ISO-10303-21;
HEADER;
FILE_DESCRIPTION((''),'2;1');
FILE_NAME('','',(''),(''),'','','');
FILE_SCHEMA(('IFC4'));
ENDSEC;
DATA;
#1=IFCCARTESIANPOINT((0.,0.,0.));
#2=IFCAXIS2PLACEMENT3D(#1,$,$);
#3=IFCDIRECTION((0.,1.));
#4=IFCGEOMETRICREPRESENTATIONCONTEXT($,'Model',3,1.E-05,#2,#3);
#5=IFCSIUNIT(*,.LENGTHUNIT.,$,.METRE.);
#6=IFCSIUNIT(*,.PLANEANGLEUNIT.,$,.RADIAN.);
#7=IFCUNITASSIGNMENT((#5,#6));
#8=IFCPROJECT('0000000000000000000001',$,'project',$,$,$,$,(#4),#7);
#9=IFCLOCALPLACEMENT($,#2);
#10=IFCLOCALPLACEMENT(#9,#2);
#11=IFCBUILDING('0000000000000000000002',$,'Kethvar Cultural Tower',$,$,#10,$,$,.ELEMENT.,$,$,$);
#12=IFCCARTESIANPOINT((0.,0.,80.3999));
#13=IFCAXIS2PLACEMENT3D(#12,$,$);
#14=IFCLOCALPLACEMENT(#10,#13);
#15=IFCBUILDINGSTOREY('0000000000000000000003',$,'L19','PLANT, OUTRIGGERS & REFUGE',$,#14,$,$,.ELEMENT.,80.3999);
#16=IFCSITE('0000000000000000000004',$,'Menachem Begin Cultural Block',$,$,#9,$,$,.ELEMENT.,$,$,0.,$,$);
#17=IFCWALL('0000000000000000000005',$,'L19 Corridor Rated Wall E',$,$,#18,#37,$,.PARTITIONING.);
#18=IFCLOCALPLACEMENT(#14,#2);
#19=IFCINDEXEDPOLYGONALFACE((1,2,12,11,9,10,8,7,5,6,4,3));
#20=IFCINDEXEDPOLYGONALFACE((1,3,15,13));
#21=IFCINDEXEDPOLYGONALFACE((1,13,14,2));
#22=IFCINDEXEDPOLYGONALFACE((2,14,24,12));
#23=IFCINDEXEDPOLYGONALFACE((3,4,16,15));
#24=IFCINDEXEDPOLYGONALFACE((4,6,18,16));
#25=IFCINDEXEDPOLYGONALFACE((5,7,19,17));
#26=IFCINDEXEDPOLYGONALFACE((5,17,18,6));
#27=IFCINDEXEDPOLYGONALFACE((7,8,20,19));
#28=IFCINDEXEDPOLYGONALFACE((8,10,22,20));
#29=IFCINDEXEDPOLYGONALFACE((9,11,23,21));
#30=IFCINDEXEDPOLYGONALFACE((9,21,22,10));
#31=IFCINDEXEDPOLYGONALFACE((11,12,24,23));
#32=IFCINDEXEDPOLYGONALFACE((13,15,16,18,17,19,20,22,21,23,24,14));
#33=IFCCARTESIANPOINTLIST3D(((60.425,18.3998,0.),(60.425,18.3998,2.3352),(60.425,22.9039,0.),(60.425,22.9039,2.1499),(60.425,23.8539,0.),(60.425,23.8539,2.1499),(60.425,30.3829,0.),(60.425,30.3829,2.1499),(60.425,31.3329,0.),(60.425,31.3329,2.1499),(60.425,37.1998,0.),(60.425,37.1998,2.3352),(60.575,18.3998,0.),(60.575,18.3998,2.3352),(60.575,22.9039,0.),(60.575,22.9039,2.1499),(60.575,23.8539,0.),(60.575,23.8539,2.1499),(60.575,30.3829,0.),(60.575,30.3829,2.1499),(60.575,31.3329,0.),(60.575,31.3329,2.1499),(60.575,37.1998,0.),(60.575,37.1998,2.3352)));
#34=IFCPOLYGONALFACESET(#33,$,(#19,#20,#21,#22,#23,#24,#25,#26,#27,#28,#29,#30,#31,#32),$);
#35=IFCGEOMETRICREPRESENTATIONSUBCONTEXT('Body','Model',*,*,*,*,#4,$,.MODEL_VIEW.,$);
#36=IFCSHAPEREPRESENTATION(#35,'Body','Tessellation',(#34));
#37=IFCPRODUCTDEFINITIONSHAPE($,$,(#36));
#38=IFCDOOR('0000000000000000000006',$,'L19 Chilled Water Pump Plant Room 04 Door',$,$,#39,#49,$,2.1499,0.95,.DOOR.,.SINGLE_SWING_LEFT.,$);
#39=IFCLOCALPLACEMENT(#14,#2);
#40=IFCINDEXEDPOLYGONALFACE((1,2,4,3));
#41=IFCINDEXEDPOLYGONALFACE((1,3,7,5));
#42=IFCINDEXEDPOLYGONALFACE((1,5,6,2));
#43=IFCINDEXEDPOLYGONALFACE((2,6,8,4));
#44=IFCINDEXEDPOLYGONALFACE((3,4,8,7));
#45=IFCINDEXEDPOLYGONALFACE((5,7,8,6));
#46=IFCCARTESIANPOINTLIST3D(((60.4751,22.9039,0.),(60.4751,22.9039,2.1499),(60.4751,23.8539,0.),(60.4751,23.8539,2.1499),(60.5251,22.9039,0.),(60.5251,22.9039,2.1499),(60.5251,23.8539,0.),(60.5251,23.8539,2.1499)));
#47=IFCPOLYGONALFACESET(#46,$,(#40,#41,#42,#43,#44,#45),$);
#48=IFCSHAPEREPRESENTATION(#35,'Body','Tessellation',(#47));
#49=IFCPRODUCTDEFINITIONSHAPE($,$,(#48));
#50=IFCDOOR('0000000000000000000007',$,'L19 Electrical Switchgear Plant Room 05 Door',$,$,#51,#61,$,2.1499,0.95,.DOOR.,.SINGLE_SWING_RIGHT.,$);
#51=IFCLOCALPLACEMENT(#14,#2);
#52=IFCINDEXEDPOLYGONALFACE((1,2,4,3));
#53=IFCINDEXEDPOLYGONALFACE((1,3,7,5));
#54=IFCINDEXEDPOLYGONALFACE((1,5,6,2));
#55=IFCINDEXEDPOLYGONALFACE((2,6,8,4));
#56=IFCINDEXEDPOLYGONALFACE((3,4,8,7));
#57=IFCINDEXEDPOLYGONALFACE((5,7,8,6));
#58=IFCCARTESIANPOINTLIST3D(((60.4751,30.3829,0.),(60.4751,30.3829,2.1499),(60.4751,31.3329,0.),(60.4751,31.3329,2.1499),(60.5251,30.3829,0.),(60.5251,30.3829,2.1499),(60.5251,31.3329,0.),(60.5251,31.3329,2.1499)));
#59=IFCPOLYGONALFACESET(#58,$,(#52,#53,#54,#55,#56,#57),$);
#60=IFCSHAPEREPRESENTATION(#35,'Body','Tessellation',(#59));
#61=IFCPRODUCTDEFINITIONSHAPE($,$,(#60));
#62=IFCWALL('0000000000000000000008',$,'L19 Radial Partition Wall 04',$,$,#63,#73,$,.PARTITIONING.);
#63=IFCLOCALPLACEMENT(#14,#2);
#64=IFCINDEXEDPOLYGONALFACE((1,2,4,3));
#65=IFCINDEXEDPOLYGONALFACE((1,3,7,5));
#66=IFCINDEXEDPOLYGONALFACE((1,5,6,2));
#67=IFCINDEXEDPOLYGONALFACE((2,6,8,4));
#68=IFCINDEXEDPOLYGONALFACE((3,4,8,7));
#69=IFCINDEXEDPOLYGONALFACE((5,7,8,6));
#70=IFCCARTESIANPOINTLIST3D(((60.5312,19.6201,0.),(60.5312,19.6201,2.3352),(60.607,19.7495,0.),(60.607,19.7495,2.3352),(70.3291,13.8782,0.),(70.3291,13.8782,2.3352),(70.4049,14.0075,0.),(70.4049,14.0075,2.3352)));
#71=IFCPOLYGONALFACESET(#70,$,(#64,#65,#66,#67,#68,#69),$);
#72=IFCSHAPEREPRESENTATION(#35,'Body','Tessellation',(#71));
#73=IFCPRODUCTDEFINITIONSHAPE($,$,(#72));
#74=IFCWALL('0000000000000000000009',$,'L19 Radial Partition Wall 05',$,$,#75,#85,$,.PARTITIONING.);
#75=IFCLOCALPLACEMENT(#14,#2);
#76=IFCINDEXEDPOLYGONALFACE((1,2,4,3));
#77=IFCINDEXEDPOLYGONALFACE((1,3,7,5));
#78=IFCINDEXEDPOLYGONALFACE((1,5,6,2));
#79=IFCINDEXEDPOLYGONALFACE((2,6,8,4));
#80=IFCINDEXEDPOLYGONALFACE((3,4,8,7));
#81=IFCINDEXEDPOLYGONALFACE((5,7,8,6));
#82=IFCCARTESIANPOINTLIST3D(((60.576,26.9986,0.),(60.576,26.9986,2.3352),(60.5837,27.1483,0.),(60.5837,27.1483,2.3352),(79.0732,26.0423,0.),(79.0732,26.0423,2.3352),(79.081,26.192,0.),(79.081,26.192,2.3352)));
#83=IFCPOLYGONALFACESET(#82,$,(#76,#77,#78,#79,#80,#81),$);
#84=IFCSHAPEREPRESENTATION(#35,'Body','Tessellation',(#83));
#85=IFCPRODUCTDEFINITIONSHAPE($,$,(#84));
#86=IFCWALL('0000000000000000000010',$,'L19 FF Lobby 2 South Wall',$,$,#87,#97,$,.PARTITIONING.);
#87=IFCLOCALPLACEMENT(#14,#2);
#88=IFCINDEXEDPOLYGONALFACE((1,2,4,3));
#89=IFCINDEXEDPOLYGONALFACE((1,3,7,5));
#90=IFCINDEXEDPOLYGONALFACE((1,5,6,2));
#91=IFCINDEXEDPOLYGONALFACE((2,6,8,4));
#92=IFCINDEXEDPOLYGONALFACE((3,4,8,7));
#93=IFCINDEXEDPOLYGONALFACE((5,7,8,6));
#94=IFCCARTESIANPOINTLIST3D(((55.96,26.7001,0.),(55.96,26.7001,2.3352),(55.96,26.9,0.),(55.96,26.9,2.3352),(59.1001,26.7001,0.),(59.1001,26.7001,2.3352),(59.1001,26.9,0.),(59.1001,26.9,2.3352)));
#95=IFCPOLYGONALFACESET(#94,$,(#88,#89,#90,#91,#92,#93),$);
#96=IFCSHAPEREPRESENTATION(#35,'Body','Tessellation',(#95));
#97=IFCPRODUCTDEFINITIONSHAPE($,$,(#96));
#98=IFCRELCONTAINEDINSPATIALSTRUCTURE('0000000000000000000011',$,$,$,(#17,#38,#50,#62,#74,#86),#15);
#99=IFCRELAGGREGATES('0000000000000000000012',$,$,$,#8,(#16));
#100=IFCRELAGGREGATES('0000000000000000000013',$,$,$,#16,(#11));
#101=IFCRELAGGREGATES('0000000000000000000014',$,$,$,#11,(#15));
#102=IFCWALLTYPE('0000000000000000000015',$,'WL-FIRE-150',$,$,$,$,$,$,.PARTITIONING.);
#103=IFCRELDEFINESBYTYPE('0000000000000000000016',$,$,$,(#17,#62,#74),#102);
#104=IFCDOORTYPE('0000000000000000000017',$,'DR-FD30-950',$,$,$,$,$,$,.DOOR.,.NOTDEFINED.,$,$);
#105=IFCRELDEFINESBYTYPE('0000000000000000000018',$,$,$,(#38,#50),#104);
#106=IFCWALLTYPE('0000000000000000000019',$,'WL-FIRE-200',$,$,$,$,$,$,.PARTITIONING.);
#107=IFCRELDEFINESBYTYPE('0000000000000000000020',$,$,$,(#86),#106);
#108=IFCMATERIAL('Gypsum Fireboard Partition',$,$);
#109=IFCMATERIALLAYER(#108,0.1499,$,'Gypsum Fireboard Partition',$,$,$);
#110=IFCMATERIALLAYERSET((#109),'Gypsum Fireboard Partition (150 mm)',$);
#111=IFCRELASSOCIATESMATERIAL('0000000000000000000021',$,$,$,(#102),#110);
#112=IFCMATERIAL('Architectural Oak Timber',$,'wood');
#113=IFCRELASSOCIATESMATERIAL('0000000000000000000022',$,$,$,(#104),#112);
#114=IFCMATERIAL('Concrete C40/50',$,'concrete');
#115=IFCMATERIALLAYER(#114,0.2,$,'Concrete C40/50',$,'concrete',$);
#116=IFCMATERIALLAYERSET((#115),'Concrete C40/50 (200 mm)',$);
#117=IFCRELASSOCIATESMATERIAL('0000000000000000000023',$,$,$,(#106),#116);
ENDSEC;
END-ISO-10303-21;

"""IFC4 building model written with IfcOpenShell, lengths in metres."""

from ifc_helpers import new_model, si_unit, direction, frame, frame_2d, origin, place, context, subcontext, project, spatial, rectangle, extrude, source, transform, mapped, material, layer, layer_set, type_object, element, fill, save


model = new_model("IFC4")

# Units and contexts
model_context = context("Model", 3, precision=1e-05, world=origin(), true_north=direction((0.0, 1.0)))
body_context = subcontext(model_context, "Body", "Model", "MODEL_VIEW")
ifc_project = project(units=[si_unit("LENGTHUNIT", "METRE"), si_unit("PLANEANGLEUNIT", "RADIAN")], contexts=[model_context])

# Site, building, storey
site_placement = place(None, origin())
site = spatial("IfcSite", under=ifc_project, at=site_placement, Name="Menachem Begin Cultural Block", CompositionType="ELEMENT", RefElevation=0.0)
building_placement = place(site_placement, origin())
building = spatial("IfcBuilding", under=site, at=building_placement, Name="Kethvar Cultural Tower", CompositionType="ELEMENT")
storey_placement = place(building_placement, frame((0.0, 0.0, 80.3999)))
storey = spatial("IfcBuildingStorey", under=building, at=storey_placement, Name="L19", Description="PLANT, OUTRIGGERS & REFUGE", CompositionType="ELEMENT", Elevation=80.3999)

# Wall, openings, doors
ifc_material_1 = material(Name="Gypsum Fireboard Partition")
ifc_layer_1 = layer(ifc_material_1, 0.1499, Name="Gypsum Fireboard Partition")
ifc_layer_set_1 = layer_set([ifc_layer_1], Name="Gypsum Fireboard Partition (150 mm)")
wall_type_1 = type_object("IfcWallType", Name="WL-FIRE-150", PredefinedType="PARTITIONING", material=ifc_layer_set_1)
wall_1_placement = place(storey_placement, frame((60.5, 18.3999, 0.0), z_axis=(0.0, 0.0, 1.0), x_axis=(0.0, 1.0, 0.0)))
wall_1 = element("IfcWall", 1, at=wall_1_placement, inside=storey, type_object=wall_type_1, Name="L19 Corridor Rated Wall E", PredefinedType="PARTITIONING", context=body_context, shape_type="SweptSolid", body=[
    extrude(rectangle(XDim=18.8, YDim=0.1499, at=frame_2d((9.3999, 0.0))), origin(), (0.0, 0.0, 1.0), 2.3352),
])
opening_1_placement = place(wall_1_placement, frame((4.5039, 0.0, 0.0)))
opening_1 = element("IfcOpeningElement", 2, at=opening_1_placement, cuts=wall_1, PredefinedType="OPENING", context=body_context, shape_type="SweptSolid", body=[
    extrude(rectangle(XDim=0.95, YDim=2.1499, at=frame_2d((0.4751, 1.075))), frame((0.0, 0.085, 0.0), z_axis=(0.0, -1.0, 0.0), x_axis=(1.0, 0.0, 0.0)), (0.0, 0.0, 1.0), 0.1699),
])
opening_2_placement = place(wall_1_placement, frame((11.9829, 0.0, 0.0)))
opening_2 = element("IfcOpeningElement", 3, at=opening_2_placement, cuts=wall_1, PredefinedType="OPENING", context=body_context, shape_type="SweptSolid", body=[
    extrude(rectangle(XDim=0.95, YDim=2.1499, at=frame_2d((0.4751, 1.075))), frame((0.0, 0.085, 0.0), z_axis=(0.0, -1.0, 0.0), x_axis=(1.0, 0.0, 0.0)), (0.0, 0.0, 1.0), 0.1699),
])
ifc_material_2 = material(Name="Architectural Oak Timber", Category="wood")
door_type_1 = type_object("IfcDoorType", Name="DR-FD30-950", OperationType="NOTDEFINED", PredefinedType="DOOR", material=ifc_material_2)
shared_shape_1 = source(origin(), body_context, "Body", "SweptSolid", [
    extrude(rectangle(XDim=0.95, YDim=2.1499, at=frame_2d((0.4751, 1.075))), frame((0.0, 0.0249, 0.0), z_axis=(0.0, -1.0, 0.0), x_axis=(1.0, 0.0, 0.0)), (0.0, 0.0, 1.0), 0.05),
])
door_1_placement = place(opening_1_placement, origin())
door_1 = element("IfcDoor", 4, at=door_1_placement, inside=storey, type_object=door_type_1, Name="L19 Chilled Water Pump Plant Room 04 Door", OperationType="SINGLE_SWING_LEFT", OverallHeight=2.1499, OverallWidth=0.95, PredefinedType="DOOR", context=body_context, shape_type="MappedRepresentation", body=[
    mapped(shared_shape_1, transform((0.0, 0.0, 0.0), scale=1.0)),
])
fill(opening_1, door_1)
door_2_placement = place(opening_2_placement, origin())
door_2 = element("IfcDoor", 5, at=door_2_placement, inside=storey, type_object=door_type_1, Name="L19 Electrical Switchgear Plant Room 05 Door", OperationType="SINGLE_SWING_RIGHT", OverallHeight=2.1499, OverallWidth=0.95, PredefinedType="DOOR", context=body_context, shape_type="MappedRepresentation", body=[
    mapped(shared_shape_1, transform((0.0, 0.0, 0.0), scale=1.0)),
])
fill(opening_2, door_2)

# Walls
wall_2_placement = place(storey_placement, frame((60.5691, 19.6848, 0.0), z_axis=(0.0, 0.0, 1.0), x_axis=(0.86276, -0.505613, 0.0)))
element("IfcWall", 6, at=wall_2_placement, inside=storey, type_object=wall_type_1, Name="L19 Radial Partition Wall 04", PredefinedType="PARTITIONING", context=body_context, shape_type="SweptSolid", body=[
    extrude(rectangle(XDim=11.3564, YDim=0.1499, at=frame_2d((5.6782, 0.0))), origin(), (0.0, 0.0, 1.0), 2.3352),
])
wall_3_placement = place(storey_placement, frame((60.5798, 27.0735, 0.0), z_axis=(0.0, 0.0, 1.0), x_axis=(0.998666, -0.05163, 0.0)))
element("IfcWall", 7, at=wall_3_placement, inside=storey, type_object=wall_type_1, Name="L19 Radial Partition Wall 05", PredefinedType="PARTITIONING", context=body_context, shape_type="SweptSolid", body=[
    extrude(rectangle(XDim=18.522, YDim=0.1499, at=frame_2d((9.261, 0.0))), origin(), (0.0, 0.0, 1.0), 2.3352),
])

# Shared definitions
ifc_material_3 = material(Name="Concrete C40/50", Category="concrete")
ifc_layer_2 = layer(ifc_material_3, 0.2, Name="Concrete C40/50", Category="concrete")
ifc_layer_set_2 = layer_set([ifc_layer_2], Name="Concrete C40/50 (200 mm)")
wall_type_2 = type_object("IfcWallType", Name="WL-FIRE-200", PredefinedType="PARTITIONING", material=ifc_layer_set_2)

# Wall
wall_4_placement = place(storey_placement, frame((55.96, 26.8, 0.0), z_axis=(0.0, 0.0, 1.0), x_axis=(1.0, 0.0, 0.0)))
element("IfcWall", 8, at=wall_4_placement, inside=storey, type_object=wall_type_2, Name="L19 FF Lobby 2 South Wall", PredefinedType="PARTITIONING", context=body_context, shape_type="SweptSolid", body=[
    extrude(rectangle(XDim=3.1401, YDim=0.2, at=frame_2d((1.5701, 0.0))), origin(), (0.0, 0.0, 1.0), 2.3352),
])

save(model, "model.ifc")
